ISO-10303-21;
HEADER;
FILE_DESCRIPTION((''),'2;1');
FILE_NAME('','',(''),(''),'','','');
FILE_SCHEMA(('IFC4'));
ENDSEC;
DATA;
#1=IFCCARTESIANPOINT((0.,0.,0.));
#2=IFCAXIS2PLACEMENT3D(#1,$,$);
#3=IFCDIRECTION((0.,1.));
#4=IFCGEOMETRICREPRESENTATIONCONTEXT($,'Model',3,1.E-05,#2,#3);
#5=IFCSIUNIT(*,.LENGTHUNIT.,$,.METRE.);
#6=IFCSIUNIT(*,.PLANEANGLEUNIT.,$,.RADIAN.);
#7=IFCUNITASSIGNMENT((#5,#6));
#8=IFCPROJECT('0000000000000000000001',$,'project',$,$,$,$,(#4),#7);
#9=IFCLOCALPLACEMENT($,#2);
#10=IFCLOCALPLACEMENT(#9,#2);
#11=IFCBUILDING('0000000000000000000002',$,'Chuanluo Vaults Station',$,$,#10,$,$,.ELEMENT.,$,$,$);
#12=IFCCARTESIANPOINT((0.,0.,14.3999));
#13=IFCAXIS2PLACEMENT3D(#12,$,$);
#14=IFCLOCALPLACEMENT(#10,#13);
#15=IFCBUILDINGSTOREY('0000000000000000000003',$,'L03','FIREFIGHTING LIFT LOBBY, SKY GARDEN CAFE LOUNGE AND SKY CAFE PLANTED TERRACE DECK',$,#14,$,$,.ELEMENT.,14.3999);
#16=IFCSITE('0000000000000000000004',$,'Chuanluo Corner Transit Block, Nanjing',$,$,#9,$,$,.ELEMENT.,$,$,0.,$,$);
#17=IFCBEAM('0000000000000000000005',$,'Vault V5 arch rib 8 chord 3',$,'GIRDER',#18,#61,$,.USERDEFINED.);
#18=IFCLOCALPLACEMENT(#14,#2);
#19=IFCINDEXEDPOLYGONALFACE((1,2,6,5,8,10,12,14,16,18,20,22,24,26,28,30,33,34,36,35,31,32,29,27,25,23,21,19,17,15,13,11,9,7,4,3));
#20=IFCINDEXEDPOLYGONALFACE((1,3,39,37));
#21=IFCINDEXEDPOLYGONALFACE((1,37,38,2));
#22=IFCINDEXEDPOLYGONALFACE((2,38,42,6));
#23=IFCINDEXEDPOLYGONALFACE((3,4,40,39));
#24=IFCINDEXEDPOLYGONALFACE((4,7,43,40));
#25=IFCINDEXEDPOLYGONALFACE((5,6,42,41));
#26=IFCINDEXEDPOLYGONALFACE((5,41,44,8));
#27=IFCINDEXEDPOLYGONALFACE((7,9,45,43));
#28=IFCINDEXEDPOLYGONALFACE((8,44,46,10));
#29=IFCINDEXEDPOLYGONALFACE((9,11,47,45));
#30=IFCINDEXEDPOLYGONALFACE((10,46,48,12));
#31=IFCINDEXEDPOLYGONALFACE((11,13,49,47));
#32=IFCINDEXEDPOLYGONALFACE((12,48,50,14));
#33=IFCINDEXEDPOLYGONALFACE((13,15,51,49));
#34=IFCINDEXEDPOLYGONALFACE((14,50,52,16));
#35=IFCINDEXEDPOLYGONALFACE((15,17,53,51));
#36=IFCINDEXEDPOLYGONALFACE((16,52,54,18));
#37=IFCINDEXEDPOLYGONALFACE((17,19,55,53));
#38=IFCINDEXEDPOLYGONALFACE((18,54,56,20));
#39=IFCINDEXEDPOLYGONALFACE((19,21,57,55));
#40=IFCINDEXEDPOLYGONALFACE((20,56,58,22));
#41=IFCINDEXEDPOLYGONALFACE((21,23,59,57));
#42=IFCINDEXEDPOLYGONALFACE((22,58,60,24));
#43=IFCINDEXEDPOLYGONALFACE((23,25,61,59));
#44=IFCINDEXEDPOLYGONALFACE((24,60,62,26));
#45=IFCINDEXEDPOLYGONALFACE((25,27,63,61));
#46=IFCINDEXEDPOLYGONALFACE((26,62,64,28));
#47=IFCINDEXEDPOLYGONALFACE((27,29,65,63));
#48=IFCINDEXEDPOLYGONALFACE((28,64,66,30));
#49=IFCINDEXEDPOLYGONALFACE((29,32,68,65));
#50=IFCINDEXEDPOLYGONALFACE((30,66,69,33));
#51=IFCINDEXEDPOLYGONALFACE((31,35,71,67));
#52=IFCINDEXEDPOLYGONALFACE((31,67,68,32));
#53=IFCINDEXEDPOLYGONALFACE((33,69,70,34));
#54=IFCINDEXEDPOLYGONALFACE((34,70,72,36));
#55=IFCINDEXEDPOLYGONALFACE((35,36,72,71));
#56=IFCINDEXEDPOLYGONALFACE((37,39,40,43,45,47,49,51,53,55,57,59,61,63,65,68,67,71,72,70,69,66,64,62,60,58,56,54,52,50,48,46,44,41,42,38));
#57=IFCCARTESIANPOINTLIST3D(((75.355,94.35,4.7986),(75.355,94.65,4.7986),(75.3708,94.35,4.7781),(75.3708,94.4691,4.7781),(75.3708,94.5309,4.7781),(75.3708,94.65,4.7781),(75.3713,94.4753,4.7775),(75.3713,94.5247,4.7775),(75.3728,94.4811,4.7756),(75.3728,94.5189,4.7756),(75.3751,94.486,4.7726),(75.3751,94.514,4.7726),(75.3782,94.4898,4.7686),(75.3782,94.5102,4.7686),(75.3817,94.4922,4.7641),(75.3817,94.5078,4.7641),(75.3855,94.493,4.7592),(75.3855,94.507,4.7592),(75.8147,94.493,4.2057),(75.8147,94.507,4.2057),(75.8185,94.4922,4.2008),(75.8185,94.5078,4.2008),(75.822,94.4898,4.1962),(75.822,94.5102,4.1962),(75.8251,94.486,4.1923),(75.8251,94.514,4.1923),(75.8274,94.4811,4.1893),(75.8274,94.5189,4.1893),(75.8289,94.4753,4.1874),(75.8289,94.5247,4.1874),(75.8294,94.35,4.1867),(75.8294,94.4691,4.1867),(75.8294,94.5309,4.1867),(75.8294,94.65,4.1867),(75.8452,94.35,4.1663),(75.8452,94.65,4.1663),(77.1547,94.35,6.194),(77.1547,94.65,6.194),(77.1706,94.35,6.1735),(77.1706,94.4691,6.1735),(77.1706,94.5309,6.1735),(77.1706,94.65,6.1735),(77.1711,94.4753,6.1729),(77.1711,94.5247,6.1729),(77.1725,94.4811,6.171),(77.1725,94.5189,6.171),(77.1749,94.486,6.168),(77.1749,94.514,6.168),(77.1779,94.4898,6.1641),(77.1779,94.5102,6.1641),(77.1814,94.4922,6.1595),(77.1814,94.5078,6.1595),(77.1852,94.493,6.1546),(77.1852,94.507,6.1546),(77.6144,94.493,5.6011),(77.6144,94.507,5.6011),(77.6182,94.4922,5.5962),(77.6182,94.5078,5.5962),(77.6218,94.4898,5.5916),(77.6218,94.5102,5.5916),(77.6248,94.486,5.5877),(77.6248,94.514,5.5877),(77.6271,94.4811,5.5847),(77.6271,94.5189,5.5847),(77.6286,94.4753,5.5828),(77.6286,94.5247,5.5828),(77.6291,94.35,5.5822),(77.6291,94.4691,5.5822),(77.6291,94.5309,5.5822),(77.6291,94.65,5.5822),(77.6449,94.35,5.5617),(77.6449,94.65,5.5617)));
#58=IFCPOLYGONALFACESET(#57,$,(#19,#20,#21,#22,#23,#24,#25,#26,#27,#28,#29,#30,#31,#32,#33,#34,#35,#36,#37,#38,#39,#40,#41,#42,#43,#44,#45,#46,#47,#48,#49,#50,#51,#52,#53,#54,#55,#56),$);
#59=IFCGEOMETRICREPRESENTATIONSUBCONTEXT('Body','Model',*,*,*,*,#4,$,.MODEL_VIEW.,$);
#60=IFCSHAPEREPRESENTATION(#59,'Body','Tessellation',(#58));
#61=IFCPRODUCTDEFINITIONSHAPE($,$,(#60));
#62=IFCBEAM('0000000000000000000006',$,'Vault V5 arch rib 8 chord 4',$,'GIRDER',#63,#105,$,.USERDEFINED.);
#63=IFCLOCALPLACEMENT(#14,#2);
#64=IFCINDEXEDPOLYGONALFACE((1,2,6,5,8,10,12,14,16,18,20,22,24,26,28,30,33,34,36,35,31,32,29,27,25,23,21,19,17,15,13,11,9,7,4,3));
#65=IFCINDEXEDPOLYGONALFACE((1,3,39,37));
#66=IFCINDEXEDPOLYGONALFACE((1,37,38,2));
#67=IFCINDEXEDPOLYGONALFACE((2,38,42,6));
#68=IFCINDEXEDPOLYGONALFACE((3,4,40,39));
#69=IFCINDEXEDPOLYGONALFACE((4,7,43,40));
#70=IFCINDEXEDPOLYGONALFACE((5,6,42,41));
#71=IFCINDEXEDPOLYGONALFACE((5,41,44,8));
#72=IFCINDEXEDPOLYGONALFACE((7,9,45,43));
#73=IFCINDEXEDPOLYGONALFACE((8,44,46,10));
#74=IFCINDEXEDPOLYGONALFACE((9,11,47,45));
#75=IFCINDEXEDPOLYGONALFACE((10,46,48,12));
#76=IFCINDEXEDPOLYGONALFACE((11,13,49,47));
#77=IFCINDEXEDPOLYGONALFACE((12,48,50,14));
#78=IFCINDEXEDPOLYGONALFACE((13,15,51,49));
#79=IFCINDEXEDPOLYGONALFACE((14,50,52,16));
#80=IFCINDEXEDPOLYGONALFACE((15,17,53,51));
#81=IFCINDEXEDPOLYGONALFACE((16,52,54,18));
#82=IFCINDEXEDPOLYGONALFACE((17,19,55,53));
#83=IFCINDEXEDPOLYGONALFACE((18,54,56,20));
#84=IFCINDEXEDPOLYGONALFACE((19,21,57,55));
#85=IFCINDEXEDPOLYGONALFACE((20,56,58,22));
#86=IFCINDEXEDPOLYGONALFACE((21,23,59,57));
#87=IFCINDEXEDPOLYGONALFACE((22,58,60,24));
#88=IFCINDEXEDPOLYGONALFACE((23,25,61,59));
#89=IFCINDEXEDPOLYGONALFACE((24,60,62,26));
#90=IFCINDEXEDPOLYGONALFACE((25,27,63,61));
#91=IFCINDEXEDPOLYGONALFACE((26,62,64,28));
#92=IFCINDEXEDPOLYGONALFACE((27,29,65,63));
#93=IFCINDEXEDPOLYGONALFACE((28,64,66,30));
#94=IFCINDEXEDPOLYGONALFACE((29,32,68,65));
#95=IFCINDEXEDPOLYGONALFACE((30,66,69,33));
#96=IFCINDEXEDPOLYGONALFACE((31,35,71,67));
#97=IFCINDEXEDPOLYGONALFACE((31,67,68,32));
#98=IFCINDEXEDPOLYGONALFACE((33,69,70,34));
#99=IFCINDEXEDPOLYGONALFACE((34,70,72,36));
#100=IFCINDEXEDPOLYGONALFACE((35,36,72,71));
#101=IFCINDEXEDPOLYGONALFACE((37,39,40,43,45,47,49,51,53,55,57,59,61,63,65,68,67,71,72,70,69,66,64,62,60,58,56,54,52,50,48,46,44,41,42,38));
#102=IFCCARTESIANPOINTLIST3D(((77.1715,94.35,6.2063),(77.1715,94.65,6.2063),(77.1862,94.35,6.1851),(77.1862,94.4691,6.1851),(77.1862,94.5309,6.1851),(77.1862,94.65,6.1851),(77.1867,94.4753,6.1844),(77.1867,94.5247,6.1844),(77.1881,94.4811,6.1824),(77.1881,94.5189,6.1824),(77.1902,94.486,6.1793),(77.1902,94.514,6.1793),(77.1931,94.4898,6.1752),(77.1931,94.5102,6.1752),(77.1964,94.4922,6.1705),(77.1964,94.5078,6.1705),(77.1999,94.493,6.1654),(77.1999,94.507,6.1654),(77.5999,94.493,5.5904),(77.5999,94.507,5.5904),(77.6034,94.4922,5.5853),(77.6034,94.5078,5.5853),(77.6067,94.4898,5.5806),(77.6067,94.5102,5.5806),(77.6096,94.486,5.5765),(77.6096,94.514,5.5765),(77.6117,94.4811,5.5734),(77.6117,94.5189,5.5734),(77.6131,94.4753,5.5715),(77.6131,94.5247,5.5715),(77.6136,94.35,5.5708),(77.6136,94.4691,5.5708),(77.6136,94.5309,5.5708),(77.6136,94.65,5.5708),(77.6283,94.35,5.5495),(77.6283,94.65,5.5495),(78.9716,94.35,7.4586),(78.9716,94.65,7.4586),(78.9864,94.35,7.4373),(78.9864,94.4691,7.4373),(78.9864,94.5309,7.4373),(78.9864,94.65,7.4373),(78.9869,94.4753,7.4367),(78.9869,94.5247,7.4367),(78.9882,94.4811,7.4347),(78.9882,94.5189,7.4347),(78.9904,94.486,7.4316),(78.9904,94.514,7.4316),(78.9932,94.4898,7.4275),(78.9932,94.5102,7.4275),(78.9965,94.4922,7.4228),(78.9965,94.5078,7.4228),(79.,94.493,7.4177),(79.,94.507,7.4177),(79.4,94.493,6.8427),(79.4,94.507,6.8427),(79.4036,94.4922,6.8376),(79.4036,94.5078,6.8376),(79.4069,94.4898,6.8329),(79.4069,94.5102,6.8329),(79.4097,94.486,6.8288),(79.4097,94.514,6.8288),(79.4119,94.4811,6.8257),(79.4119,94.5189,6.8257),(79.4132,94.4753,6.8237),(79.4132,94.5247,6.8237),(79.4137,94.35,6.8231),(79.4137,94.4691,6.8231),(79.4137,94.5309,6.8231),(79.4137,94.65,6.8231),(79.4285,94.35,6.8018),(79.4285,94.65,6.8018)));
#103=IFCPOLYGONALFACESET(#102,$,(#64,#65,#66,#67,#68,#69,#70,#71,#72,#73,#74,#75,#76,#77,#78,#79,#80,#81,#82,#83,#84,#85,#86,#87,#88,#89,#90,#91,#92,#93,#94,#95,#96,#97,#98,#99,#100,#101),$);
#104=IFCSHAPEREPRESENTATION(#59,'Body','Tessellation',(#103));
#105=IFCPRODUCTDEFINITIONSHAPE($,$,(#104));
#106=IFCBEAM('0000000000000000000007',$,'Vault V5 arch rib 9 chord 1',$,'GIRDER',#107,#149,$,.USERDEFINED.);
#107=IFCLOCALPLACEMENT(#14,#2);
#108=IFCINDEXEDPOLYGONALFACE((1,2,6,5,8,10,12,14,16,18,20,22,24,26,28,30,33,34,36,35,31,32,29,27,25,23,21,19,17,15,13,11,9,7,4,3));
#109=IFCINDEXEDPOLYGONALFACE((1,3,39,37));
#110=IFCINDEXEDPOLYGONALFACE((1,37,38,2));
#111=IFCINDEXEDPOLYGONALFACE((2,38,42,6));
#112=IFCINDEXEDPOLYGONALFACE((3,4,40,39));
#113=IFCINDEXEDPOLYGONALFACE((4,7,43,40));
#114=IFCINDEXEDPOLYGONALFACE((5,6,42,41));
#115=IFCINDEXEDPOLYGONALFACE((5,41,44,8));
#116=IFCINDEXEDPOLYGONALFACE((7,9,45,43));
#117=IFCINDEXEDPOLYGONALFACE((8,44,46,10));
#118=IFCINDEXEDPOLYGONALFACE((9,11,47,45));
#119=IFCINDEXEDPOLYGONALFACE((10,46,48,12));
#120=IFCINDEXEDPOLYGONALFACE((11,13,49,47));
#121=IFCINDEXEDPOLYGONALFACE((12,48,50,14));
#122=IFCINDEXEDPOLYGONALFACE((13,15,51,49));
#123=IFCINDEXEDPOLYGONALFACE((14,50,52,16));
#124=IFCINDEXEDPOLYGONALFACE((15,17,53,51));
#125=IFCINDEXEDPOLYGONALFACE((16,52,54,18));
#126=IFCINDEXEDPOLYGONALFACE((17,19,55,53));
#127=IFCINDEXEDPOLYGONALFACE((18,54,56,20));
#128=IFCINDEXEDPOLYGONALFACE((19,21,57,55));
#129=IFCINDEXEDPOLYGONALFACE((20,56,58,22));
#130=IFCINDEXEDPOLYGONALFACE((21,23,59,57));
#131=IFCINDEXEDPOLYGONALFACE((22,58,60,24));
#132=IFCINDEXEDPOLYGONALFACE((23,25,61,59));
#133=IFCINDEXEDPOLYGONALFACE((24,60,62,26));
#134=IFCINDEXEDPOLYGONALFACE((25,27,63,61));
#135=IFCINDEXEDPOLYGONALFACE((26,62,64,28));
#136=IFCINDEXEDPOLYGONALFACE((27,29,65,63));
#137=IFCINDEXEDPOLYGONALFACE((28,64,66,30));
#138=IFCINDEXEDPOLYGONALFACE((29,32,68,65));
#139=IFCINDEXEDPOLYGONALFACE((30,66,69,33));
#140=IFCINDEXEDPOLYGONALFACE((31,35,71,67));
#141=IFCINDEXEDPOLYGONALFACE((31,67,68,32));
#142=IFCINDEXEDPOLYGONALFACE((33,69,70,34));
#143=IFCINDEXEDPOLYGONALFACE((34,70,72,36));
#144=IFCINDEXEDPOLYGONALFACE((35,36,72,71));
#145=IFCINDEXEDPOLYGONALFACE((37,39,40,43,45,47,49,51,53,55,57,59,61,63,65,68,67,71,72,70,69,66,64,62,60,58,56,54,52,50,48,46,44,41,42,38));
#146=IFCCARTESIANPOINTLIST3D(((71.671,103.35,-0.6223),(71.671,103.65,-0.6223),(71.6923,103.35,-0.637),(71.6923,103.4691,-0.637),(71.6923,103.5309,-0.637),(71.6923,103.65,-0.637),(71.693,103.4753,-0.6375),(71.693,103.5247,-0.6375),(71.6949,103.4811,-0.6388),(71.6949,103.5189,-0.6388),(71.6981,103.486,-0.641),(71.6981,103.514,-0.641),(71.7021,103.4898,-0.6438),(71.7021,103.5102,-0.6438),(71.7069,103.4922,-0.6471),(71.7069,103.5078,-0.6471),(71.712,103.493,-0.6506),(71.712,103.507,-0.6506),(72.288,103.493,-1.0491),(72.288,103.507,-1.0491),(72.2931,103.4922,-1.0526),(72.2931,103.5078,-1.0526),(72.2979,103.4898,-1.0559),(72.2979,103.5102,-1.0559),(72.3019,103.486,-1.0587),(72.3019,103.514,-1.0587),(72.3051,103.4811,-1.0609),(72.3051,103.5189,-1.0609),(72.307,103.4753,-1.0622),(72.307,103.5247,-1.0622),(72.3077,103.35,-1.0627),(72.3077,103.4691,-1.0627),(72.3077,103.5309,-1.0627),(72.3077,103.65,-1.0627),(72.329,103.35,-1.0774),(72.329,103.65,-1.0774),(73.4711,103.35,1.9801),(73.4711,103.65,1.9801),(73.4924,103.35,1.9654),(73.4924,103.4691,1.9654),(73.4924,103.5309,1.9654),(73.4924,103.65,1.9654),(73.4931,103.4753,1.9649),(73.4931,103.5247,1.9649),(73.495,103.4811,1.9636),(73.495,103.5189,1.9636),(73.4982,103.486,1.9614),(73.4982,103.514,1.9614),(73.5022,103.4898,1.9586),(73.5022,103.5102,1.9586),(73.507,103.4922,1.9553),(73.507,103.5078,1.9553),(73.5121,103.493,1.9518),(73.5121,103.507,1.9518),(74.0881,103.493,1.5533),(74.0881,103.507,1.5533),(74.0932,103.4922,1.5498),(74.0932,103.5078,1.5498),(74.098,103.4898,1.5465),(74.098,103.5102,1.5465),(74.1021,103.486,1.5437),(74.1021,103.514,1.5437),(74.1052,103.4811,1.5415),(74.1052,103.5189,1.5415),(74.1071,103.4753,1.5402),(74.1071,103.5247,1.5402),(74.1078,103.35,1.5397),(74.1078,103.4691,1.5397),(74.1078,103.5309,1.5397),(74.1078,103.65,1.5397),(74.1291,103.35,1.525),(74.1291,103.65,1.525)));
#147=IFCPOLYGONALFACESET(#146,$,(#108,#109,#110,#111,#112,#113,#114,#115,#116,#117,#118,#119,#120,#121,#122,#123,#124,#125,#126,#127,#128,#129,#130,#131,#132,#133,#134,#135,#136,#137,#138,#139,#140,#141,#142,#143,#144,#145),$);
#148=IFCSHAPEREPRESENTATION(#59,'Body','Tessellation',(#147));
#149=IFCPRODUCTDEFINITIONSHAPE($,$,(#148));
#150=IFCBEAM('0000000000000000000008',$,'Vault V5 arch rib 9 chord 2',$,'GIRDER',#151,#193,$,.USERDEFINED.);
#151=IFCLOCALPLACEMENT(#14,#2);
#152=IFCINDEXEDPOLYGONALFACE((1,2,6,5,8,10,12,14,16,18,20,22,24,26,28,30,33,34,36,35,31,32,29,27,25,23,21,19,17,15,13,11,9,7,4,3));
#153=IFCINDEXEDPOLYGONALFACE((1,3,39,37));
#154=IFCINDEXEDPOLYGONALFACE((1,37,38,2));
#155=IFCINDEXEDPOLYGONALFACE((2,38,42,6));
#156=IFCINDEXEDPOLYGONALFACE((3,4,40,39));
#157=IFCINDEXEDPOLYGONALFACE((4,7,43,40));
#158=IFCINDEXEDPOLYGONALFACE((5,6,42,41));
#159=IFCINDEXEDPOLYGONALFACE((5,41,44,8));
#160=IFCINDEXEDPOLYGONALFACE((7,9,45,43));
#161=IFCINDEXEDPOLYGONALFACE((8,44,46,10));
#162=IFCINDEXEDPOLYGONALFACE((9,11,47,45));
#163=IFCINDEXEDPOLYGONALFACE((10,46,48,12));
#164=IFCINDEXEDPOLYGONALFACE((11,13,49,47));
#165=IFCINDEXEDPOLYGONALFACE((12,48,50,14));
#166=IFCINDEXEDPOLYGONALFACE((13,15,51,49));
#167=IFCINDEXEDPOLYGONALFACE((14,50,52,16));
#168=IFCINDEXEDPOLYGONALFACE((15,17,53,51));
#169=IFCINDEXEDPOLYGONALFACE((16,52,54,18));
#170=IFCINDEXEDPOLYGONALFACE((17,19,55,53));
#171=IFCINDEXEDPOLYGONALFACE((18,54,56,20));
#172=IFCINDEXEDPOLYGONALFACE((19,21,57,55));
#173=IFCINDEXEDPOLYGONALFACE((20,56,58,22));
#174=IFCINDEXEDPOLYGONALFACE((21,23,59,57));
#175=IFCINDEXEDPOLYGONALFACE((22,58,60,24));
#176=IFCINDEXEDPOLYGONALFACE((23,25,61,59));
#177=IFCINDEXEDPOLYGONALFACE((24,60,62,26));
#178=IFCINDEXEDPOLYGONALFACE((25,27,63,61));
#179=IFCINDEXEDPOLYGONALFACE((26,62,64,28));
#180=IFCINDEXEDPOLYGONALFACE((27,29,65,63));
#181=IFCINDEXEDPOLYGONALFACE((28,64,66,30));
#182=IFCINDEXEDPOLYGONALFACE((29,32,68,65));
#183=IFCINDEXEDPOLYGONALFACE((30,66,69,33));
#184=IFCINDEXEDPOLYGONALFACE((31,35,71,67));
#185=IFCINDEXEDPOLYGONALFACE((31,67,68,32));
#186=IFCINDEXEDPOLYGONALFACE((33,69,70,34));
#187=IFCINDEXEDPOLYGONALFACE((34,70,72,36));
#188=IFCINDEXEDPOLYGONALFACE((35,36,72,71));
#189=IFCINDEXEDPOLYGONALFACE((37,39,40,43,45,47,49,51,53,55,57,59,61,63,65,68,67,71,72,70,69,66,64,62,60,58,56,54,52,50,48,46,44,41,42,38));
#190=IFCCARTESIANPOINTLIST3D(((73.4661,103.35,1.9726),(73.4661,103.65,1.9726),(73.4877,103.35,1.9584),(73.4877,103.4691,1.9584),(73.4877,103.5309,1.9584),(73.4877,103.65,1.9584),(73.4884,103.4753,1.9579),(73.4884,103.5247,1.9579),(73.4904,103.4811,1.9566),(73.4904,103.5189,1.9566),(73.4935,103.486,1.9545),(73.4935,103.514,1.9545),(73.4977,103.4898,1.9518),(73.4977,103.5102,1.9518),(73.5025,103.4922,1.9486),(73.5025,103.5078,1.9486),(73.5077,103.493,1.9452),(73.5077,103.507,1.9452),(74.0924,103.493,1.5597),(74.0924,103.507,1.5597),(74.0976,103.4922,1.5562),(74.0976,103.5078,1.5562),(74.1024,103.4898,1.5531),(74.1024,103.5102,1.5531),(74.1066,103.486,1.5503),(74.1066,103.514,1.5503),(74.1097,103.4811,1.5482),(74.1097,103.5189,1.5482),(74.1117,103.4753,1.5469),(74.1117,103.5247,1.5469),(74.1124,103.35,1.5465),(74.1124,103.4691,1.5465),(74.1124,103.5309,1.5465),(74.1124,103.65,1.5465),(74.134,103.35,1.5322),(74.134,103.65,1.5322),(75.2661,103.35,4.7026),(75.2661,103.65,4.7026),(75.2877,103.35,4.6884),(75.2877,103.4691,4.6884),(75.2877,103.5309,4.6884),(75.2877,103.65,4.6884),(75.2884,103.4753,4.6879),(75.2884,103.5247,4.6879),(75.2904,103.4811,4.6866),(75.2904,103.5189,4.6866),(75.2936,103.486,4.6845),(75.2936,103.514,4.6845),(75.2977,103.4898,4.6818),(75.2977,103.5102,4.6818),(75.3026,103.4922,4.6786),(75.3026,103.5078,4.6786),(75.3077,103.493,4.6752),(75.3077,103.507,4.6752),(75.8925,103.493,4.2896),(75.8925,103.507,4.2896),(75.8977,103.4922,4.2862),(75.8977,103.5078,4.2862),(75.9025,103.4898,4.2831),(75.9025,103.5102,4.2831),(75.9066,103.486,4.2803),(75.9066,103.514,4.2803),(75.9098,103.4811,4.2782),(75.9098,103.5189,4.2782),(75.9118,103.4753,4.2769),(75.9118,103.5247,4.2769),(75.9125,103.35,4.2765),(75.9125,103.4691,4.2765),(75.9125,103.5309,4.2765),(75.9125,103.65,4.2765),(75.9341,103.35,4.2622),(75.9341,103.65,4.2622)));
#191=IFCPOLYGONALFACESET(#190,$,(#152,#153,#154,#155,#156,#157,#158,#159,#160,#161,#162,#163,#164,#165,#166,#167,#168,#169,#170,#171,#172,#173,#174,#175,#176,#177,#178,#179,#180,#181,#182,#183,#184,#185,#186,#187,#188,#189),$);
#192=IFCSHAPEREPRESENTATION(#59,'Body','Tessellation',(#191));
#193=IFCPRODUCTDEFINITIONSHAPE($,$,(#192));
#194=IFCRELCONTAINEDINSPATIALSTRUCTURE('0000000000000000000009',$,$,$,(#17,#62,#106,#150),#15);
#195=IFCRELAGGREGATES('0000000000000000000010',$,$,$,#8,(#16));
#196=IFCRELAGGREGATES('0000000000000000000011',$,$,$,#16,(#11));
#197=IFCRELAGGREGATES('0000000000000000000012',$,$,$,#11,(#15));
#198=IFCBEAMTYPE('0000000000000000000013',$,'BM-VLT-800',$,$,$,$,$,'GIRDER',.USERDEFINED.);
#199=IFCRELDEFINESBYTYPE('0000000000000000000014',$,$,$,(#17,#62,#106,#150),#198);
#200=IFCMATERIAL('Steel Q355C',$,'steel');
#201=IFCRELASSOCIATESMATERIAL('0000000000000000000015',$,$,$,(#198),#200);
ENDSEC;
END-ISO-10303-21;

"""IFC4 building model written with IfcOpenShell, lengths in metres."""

from ifc_helpers import new_model, si_unit, direction, frame, origin, origin_2d, place, context, subcontext, project, spatial, i_section, extrude, material, material_profile, profile_set, type_object, element, save


model = new_model("IFC4")

# Units and contexts
model_context = context("Model", 3, precision=1e-05, world=origin(), true_north=direction((0.0, 1.0)))
body_context = subcontext(model_context, "Body", "Model", "MODEL_VIEW")
ifc_project = project(units=[si_unit("LENGTHUNIT", "METRE"), si_unit("PLANEANGLEUNIT", "RADIAN")], contexts=[model_context])

# Site, building, storey
site_placement = place(None, origin())
site = spatial("IfcSite", under=ifc_project, at=site_placement, Name="Chuanluo Corner Transit Block, Nanjing", CompositionType="ELEMENT", RefElevation=0.0)
building_placement = place(site_placement, origin())
building = spatial("IfcBuilding", under=site, at=building_placement, Name="Chuanluo Vaults Station", CompositionType="ELEMENT")
storey_placement = place(building_placement, frame((0.0, 0.0, 14.3999)))
storey = spatial("IfcBuildingStorey", under=building, at=storey_placement, Name="L03", Description="FIREFIGHTING LIFT LOBBY, SKY GARDEN CAFE LOUNGE AND SKY CAFE PLANTED TERRACE DECK", CompositionType="ELEMENT", Elevation=14.3999)

# Beams
ifc_material_1 = material(Name="Steel Q355C", Category="steel")
ifc_material_profile_1 = material_profile(ifc_material_1, i_section(OverallWidth=0.3, OverallDepth=0.8, WebThickness=0.0139, FlangeThickness=0.0259, FilletRadius=0.0239, at=origin_2d()))
ifc_profile_set_1 = profile_set([ifc_material_profile_1], Name="Steel Q355C")
beam_type_1 = type_object("IfcBeamType", Name="BM-VLT-800", ElementType="GIRDER", PredefinedType="USERDEFINED", material=ifc_profile_set_1)
beam_1_placement = place(storey_placement, frame((75.6001, 94.5, 4.4824), z_axis=(0.790275, 0.0, 0.612752), x_axis=(0.0, 1.0, 0.0)))
element("IfcBeam", 1, at=beam_1_placement, inside=storey, type_object=beam_type_1, Name="Vault V5 arch rib 8 chord 3", ObjectType="GIRDER", PredefinedType="USERDEFINED", context=body_context, shape_type="SweptSolid", body=[
    extrude(i_section(OverallWidth=0.3, OverallDepth=0.8, WebThickness=0.0139, FlangeThickness=0.0259, FilletRadius=0.0239, at=origin_2d()), origin(), (0.0, 0.0, 1.0), 2.2773),
])
beam_2_placement = place(storey_placement, frame((77.3999, 94.5, 5.8779), z_axis=(0.820907, 0.0, 0.571061), x_axis=(0.0, 1.0, 0.0)))
element("IfcBeam", 2, at=beam_2_placement, inside=storey, type_object=beam_type_1, Name="Vault V5 arch rib 8 chord 4", ObjectType="GIRDER", PredefinedType="USERDEFINED", context=body_context, shape_type="SweptSolid", body=[
    extrude(i_section(OverallWidth=0.3, OverallDepth=0.8, WebThickness=0.0139, FlangeThickness=0.0259, FilletRadius=0.0239, at=origin_2d()), origin(), (0.0, 0.0, 1.0), 2.1929),
])
beam_3_placement = place(storey_placement, frame((72.0, 103.5, -0.8499), z_axis=(0.568881, 0.0, 0.82242), x_axis=(0.0, 1.0, 0.0)))
element("IfcBeam", 3, at=beam_3_placement, inside=storey, type_object=beam_type_1, Name="Vault V5 arch rib 9 chord 1", ObjectType="GIRDER", PredefinedType="USERDEFINED", context=body_context, shape_type="SweptSolid", body=[
    extrude(i_section(OverallWidth=0.3, OverallDepth=0.8, WebThickness=0.0139, FlangeThickness=0.0259, FilletRadius=0.0239, at=origin_2d()), origin(), (0.0, 0.0, 1.0), 3.1643),
])
beam_4_placement = place(storey_placement, frame((73.8, 103.5, 1.7524), z_axis=(0.550472, 0.0, 0.834854), x_axis=(0.0, 1.0, 0.0)))
element("IfcBeam", 4, at=beam_4_placement, inside=storey, type_object=beam_type_1, Name="Vault V5 arch rib 9 chord 2", ObjectType="GIRDER", PredefinedType="USERDEFINED", context=body_context, shape_type="SweptSolid", body=[
    extrude(i_section(OverallWidth=0.3, OverallDepth=0.8, WebThickness=0.0139, FlangeThickness=0.0259, FilletRadius=0.0239, at=origin_2d()), origin(), (0.0, 0.0, 1.0), 3.27),
])

save(model, "model.ifc")
